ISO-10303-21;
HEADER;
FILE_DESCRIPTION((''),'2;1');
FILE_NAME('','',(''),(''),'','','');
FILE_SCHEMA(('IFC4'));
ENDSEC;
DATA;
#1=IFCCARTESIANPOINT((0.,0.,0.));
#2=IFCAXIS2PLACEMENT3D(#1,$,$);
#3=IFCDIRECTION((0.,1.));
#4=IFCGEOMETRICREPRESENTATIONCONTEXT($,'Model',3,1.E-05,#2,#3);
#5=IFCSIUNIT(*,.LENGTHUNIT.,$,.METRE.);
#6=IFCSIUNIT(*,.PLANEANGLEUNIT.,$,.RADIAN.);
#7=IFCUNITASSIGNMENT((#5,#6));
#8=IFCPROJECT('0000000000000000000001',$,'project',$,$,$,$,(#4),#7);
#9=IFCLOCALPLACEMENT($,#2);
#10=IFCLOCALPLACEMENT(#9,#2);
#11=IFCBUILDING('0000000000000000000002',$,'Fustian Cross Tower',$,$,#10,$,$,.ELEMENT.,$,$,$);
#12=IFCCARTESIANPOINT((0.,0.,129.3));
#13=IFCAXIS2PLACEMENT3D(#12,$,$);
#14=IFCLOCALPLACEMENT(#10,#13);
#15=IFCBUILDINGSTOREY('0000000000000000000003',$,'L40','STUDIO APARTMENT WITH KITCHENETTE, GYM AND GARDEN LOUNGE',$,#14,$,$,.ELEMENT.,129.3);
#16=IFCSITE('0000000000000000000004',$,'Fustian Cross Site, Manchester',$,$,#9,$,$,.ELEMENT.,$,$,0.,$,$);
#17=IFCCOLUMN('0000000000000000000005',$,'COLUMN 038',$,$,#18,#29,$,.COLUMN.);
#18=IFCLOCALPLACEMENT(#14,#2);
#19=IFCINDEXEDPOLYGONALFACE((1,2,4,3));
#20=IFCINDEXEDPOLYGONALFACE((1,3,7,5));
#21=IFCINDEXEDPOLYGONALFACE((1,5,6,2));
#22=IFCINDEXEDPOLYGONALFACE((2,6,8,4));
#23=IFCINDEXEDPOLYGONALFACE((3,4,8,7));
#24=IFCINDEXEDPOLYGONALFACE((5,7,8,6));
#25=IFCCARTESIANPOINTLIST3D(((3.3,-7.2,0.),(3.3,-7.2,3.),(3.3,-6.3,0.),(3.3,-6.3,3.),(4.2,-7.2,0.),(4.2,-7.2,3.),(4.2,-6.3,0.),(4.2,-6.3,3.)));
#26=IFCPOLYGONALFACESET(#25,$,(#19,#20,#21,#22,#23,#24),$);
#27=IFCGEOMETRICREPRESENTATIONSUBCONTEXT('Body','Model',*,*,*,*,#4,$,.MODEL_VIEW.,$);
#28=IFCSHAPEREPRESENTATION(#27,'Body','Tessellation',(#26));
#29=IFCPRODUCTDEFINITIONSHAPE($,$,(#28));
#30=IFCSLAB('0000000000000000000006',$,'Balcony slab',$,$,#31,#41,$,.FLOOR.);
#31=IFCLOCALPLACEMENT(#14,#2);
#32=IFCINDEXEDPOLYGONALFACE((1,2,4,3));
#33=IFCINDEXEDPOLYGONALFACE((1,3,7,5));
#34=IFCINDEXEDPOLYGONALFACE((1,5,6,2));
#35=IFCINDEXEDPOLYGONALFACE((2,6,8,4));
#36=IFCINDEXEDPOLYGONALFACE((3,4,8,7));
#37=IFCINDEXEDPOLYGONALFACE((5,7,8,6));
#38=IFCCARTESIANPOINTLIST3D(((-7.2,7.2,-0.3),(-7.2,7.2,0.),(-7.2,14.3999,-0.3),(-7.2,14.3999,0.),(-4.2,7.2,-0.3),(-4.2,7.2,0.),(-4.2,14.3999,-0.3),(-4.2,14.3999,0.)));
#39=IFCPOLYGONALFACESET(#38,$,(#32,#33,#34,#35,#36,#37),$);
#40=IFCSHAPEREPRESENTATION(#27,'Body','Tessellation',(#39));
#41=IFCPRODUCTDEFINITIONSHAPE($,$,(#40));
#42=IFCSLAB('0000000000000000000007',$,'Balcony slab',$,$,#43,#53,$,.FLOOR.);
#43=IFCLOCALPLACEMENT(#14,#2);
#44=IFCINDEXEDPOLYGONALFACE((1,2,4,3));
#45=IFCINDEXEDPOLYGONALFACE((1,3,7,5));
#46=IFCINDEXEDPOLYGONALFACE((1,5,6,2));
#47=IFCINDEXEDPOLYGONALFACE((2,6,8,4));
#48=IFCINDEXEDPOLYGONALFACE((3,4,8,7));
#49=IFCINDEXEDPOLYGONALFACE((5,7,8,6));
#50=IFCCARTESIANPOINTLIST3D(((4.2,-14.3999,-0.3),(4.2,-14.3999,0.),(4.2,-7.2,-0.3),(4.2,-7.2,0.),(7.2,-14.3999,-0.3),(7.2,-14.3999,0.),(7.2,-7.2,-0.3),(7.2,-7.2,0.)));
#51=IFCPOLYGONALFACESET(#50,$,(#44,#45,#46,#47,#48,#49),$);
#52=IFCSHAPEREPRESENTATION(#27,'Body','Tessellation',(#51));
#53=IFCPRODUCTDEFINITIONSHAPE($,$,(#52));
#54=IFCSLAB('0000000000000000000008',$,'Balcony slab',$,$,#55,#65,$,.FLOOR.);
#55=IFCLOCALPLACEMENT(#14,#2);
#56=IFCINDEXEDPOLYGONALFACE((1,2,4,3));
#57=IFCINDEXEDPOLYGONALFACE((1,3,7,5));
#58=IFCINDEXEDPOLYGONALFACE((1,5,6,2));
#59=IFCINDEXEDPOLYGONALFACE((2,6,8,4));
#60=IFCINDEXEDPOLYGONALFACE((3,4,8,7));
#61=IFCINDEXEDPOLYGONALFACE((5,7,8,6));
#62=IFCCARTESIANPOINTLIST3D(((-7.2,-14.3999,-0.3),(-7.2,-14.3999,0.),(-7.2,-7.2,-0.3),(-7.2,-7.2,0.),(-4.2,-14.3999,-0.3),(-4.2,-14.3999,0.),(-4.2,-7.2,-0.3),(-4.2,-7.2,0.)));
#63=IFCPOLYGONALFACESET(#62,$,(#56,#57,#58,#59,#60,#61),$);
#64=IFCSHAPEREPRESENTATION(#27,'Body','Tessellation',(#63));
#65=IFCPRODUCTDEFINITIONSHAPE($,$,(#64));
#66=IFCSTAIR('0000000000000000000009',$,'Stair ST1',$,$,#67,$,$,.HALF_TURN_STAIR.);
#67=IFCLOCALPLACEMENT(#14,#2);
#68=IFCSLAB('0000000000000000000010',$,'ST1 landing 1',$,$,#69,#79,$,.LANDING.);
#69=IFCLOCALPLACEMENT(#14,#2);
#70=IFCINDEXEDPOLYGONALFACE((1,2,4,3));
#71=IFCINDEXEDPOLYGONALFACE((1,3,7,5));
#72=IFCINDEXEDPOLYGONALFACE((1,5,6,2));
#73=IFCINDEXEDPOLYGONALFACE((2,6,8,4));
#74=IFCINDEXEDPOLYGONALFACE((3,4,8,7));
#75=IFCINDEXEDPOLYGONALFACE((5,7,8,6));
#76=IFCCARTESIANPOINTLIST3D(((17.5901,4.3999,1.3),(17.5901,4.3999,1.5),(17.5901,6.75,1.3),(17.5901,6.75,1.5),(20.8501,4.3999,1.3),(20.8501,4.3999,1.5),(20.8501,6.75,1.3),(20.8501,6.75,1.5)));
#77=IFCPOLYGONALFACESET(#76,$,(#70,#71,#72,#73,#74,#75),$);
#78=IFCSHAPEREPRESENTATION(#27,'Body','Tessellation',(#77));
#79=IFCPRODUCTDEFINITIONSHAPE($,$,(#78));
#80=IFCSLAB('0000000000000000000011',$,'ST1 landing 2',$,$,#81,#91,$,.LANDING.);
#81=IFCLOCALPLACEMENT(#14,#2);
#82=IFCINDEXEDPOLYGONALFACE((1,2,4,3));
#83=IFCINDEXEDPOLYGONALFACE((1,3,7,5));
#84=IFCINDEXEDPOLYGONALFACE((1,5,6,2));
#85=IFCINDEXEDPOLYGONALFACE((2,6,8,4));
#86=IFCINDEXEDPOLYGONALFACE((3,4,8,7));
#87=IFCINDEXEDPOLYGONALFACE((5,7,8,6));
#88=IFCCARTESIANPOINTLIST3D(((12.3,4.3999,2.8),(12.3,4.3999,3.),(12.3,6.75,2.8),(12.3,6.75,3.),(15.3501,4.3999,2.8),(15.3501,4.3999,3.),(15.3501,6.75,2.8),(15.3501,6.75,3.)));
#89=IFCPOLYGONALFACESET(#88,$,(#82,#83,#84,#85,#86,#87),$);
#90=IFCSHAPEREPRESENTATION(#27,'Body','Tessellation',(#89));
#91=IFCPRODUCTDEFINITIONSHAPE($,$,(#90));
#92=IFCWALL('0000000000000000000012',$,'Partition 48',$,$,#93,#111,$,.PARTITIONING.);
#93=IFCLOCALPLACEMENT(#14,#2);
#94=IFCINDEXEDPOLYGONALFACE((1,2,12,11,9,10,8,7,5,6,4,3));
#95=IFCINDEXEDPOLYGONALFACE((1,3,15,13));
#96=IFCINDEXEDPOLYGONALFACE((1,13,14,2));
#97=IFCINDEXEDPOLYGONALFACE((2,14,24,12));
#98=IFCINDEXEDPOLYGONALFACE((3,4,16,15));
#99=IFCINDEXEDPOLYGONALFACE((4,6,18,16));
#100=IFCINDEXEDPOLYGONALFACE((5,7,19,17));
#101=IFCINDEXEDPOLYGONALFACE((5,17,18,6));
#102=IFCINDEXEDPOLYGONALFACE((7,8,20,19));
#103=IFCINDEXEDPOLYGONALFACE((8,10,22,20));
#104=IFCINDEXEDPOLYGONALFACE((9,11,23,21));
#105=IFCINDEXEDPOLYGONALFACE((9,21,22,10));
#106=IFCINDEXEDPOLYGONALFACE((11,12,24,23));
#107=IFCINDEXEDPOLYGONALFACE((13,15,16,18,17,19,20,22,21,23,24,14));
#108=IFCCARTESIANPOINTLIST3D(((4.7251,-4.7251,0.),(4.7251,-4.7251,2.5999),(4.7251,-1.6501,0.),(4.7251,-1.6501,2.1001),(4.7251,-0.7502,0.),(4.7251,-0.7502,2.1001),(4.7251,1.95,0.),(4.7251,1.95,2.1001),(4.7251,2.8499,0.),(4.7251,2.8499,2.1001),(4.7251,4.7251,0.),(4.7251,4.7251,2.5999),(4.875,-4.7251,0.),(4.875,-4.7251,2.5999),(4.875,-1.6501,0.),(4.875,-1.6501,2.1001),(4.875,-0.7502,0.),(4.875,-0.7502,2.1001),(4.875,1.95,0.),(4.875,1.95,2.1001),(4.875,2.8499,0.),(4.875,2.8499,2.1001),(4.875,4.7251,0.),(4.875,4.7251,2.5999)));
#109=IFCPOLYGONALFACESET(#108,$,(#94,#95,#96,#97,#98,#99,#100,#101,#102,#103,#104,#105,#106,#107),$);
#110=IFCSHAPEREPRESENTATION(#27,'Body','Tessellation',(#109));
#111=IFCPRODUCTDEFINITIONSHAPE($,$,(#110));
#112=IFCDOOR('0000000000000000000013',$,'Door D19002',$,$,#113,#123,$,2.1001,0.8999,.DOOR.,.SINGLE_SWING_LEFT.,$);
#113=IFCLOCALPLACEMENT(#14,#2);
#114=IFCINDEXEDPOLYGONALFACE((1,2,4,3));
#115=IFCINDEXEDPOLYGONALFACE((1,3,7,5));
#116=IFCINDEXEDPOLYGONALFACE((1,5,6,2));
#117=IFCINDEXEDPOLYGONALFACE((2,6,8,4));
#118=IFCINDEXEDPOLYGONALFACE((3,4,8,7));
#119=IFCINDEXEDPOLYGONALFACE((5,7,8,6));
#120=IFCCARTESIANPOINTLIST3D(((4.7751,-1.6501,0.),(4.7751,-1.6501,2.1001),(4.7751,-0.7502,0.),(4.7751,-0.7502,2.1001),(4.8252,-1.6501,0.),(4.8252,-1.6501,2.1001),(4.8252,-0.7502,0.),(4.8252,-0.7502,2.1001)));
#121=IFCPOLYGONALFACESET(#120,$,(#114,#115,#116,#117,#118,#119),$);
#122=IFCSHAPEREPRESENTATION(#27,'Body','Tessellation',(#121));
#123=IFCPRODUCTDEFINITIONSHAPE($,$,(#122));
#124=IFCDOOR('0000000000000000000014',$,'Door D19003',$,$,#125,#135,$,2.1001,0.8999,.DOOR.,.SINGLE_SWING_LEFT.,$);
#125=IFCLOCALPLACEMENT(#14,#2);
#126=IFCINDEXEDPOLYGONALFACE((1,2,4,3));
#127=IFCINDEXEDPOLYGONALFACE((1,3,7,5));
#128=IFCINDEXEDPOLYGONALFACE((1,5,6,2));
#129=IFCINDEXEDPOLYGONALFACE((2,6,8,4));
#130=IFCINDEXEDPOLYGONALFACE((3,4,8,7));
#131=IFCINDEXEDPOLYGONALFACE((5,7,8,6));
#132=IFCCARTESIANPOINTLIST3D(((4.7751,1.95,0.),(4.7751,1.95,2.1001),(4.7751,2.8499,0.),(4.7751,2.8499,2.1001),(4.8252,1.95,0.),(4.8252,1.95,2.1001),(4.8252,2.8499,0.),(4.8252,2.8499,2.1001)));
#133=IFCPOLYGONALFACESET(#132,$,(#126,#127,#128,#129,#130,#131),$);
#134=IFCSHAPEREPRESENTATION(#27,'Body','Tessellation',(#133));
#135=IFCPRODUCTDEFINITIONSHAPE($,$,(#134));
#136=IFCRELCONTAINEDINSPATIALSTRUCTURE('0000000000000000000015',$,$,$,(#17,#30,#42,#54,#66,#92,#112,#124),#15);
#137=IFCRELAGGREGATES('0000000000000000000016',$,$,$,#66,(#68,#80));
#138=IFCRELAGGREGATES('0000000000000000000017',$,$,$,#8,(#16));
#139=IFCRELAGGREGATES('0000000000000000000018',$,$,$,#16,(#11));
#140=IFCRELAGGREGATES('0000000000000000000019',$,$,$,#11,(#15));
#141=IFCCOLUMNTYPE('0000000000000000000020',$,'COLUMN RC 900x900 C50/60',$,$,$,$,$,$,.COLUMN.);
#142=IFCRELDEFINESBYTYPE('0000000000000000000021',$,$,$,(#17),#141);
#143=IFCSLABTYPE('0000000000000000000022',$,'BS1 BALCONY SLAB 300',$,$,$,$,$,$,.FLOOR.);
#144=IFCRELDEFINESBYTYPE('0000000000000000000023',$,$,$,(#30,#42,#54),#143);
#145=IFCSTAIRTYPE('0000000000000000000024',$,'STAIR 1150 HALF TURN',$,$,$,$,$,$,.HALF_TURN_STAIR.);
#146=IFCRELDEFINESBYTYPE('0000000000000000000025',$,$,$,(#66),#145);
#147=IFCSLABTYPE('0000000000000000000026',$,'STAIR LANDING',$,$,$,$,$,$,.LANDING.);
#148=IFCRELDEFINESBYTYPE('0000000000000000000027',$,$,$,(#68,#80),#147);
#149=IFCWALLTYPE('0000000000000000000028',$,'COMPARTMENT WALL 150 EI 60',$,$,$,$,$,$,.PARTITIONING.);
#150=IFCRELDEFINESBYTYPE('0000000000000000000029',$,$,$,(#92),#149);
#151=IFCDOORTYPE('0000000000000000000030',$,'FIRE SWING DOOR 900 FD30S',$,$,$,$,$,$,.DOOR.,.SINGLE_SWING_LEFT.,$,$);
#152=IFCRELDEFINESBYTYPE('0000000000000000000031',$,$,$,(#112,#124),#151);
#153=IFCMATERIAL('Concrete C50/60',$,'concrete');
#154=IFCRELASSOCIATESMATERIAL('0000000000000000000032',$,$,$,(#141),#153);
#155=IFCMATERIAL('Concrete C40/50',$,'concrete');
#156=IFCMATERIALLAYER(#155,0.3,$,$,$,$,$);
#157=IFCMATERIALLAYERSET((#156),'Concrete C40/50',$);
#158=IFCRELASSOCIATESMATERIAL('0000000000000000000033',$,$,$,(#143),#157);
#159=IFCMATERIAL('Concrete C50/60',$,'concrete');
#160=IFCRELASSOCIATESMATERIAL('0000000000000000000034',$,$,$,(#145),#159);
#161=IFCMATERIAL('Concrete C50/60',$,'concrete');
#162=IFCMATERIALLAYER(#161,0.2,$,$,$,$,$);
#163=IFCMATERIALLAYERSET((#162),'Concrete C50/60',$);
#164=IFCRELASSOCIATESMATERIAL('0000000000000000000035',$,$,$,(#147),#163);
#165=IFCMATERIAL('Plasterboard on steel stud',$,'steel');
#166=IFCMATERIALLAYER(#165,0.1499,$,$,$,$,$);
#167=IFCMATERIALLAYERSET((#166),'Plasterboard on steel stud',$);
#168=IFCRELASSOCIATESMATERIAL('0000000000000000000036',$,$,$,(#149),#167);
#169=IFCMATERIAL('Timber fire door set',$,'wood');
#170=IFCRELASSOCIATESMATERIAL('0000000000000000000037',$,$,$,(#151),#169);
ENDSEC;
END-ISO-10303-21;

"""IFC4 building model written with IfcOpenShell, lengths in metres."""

from ifc_helpers import new_model, si_unit, direction, frame, frame_2d, origin, origin_2d, place, context, subcontext, project, spatial, polyline, rectangle, outline, extrude, material, layer, layer_set, material_profile, profile_set, type_object, element, fill, aggregate, save


model = new_model("IFC4")

# Units and contexts
model_context = context("Model", 3, precision=1e-05, world=origin(), true_north=direction((0.0, 1.0)))
body_context = subcontext(model_context, "Body", "Model", "MODEL_VIEW")
ifc_project = project(units=[si_unit("LENGTHUNIT", "METRE"), si_unit("PLANEANGLEUNIT", "RADIAN")], contexts=[model_context])

# Site, building, storey
site_placement = place(None, origin())
site = spatial("IfcSite", under=ifc_project, at=site_placement, Name="Fustian Cross Site, Manchester", CompositionType="ELEMENT", RefElevation=0.0)
building_placement = place(site_placement, origin())
building = spatial("IfcBuilding", under=site, at=building_placement, Name="Fustian Cross Tower", CompositionType="ELEMENT")
storey_placement = place(building_placement, frame((0.0, 0.0, 129.3)))
storey = spatial("IfcBuildingStorey", under=building, at=storey_placement, Name="L40", Description="STUDIO APARTMENT WITH KITCHENETTE, GYM AND GARDEN LOUNGE", CompositionType="ELEMENT", Elevation=129.3)

# Column
ifc_material_1 = material(Name="Concrete C50/60", Category="concrete")
ifc_material_profile = material_profile(ifc_material_1, rectangle(XDim=0.8999, YDim=0.8999, at=origin_2d()), Name="RC 900x900")
ifc_profile_set = profile_set([ifc_material_profile], Name="Concrete C50/60")
column_type = type_object("IfcColumnType", Name="COLUMN RC 900x900 C50/60", PredefinedType="COLUMN", material=ifc_profile_set)
column_placement = place(storey_placement, frame((3.75, -6.75, 0.0), z_axis=(0.0, 0.0, 1.0), x_axis=(1.0, 0.0, 0.0)))
element("IfcColumn", 1, at=column_placement, inside=storey, type_object=column_type, Name="COLUMN 038", PredefinedType="COLUMN", context=body_context, shape_type="SweptSolid", body=[
    extrude(rectangle(XDim=0.8999, YDim=0.8999, at=origin_2d()), origin(), (0.0, 0.0, 1.0), 3.0),
])

# Slabs
ifc_material_2 = material(Name="Concrete C40/50", Category="concrete")
ifc_layer_1 = layer(ifc_material_2, 0.3)
ifc_layer_set_1 = layer_set([ifc_layer_1], Name="Concrete C40/50")
slab_type_1 = type_object("IfcSlabType", Name="BS1 BALCONY SLAB 300", PredefinedType="FLOOR", material=ifc_layer_set_1)
slab_1_placement = place(storey_placement, frame((0.0, 0.0, -0.3)))
element("IfcSlab", 2, at=slab_1_placement, inside=storey, type_object=slab_type_1, Name="Balcony slab", PredefinedType="FLOOR", context=body_context, shape_type="SweptSolid", body=[
    extrude(outline(polyline([(-7.2, 7.2), (-4.2, 7.2), (-4.2, 14.3999), (-7.2, 14.3999), (-7.2, 7.2)])), origin(), (0.0, 0.0, 1.0), 0.3),
])
slab_2_placement = place(storey_placement, frame((0.0, 0.0, -0.3)))
element("IfcSlab", 3, at=slab_2_placement, inside=storey, type_object=slab_type_1, Name="Balcony slab", PredefinedType="FLOOR", context=body_context, shape_type="SweptSolid", body=[
    extrude(outline(polyline([(4.2, -14.3999), (7.2, -14.3999), (7.2, -7.2), (4.2, -7.2), (4.2, -14.3999)])), origin(), (0.0, 0.0, 1.0), 0.3),
])
slab_3_placement = place(storey_placement, frame((0.0, 0.0, -0.3)))
element("IfcSlab", 4, at=slab_3_placement, inside=storey, type_object=slab_type_1, Name="Balcony slab", PredefinedType="FLOOR", context=body_context, shape_type="SweptSolid", body=[
    extrude(outline(polyline([(-7.2, -14.3999), (-4.2, -14.3999), (-4.2, -7.2), (-7.2, -7.2), (-7.2, -14.3999)])), origin(), (0.0, 0.0, 1.0), 0.3),
])

# Stair, slabs
ifc_material_3 = material(Name="Concrete C50/60", Category="concrete")
stair_type = type_object("IfcStairType", Name="STAIR 1150 HALF TURN", PredefinedType="HALF_TURN_STAIR", material=ifc_material_3)
stair_placement = place(storey_placement, origin())
stair = element("IfcStair", 5, at=stair_placement, inside=storey, type_object=stair_type, Name="Stair ST1", PredefinedType="HALF_TURN_STAIR")
ifc_material_4 = material(Name="Concrete C50/60", Category="concrete")
ifc_layer_2 = layer(ifc_material_4, 0.2)
ifc_layer_set_2 = layer_set([ifc_layer_2], Name="Concrete C50/60")
slab_type_2 = type_object("IfcSlabType", Name="STAIR LANDING", PredefinedType="LANDING", material=ifc_layer_set_2)
slab_4_placement = place(storey_placement, frame((0.0, 0.0, 1.3)))
slab_4 = element("IfcSlab", 6, at=slab_4_placement, type_object=slab_type_2, Name="ST1 landing 1", PredefinedType="LANDING", context=body_context, shape_type="SweptSolid", body=[
    extrude(outline(polyline([(17.5901, 4.3999), (20.8501, 4.3999), (20.8501, 6.75), (17.5901, 6.75), (17.5901, 4.3999)])), origin(), (0.0, 0.0, 1.0), 0.2),
])
slab_5_placement = place(storey_placement, frame((0.0, 0.0, 2.8)))
slab_5 = element("IfcSlab", 7, at=slab_5_placement, type_object=slab_type_2, Name="ST1 landing 2", PredefinedType="LANDING", context=body_context, shape_type="SweptSolid", body=[
    extrude(outline(polyline([(12.3, 4.3999), (15.3501, 4.3999), (15.3501, 6.75), (12.3, 6.75), (12.3, 4.3999)])), origin(), (0.0, 0.0, 1.0), 0.2),
])
aggregate(stair, [slab_4, slab_5])

# Wall, openings, doors
ifc_material_5 = material(Name="Plasterboard on steel stud", Category="steel")
ifc_layer_3 = layer(ifc_material_5, 0.1499)
ifc_layer_set_3 = layer_set([ifc_layer_3], Name="Plasterboard on steel stud")
wall_type_1 = type_object("IfcWallType", Name="COMPARTMENT WALL 150 EI 60", PredefinedType="PARTITIONING", material=ifc_layer_set_3)
wall_1_placement = place(storey_placement, frame((4.8, -4.7251, 0.0), z_axis=(0.0, 0.0, 1.0), x_axis=(0.0, 1.0, 0.0)))
wall_1 = element("IfcWall", 8, at=wall_1_placement, inside=storey, type_object=wall_type_1, Name="Partition 48", PredefinedType="PARTITIONING", context=body_context, shape_type="SweptSolid", body=[
    extrude(rectangle(XDim=9.4502, YDim=0.1499, at=frame_2d((4.7251, 0.0))), origin(), (0.0, 0.0, 1.0), 2.5999),
])
opening_1_placement = place(wall_1_placement, frame((3.075, 0.0, 0.0)))
opening_1 = element("IfcOpeningElement", 9, at=opening_1_placement, cuts=wall_1, PredefinedType="OPENING", context=body_context, shape_type="SweptSolid", body=[
    extrude(rectangle(XDim=0.8999, YDim=2.1001, at=frame_2d((0.45, 1.05))), frame((0.0, 0.085, 0.0), z_axis=(0.0, -1.0, 0.0), x_axis=(1.0, 0.0, 0.0)), (0.0, 0.0, 1.0), 0.1699),
])
opening_2_placement = place(wall_1_placement, frame((6.675, 0.0, 0.0)))
opening_2 = element("IfcOpeningElement", 10, at=opening_2_placement, cuts=wall_1, PredefinedType="OPENING", context=body_context, shape_type="SweptSolid", body=[
    extrude(rectangle(XDim=0.8999, YDim=2.1001, at=frame_2d((0.45, 1.05))), frame((0.0, 0.085, 0.0), z_axis=(0.0, -1.0, 0.0), x_axis=(1.0, 0.0, 0.0)), (0.0, 0.0, 1.0), 0.1699),
])
ifc_material_6 = material(Name="Timber fire door set", Category="wood")
door_type_1 = type_object("IfcDoorType", Name="FIRE SWING DOOR 900 FD30S", OperationType="SINGLE_SWING_LEFT", PredefinedType="DOOR", material=ifc_material_6)
door_1_placement = place(opening_1_placement, origin())
door_1 = element("IfcDoor", 11, at=door_1_placement, inside=storey, type_object=door_type_1, Name="Door D19002", OperationType="SINGLE_SWING_LEFT", OverallHeight=2.1001, OverallWidth=0.8999, PredefinedType="DOOR", context=body_context, shape_type="SweptSolid", body=[
    extrude(rectangle(XDim=0.8999, YDim=2.1001, at=frame_2d((0.45, 1.05))), frame((0.0, 0.0249, 0.0), z_axis=(0.0, -1.0, 0.0), x_axis=(1.0, 0.0, 0.0)), (0.0, 0.0, 1.0), 0.05),
])
fill(opening_1, door_1)
door_2_placement = place(opening_2_placement, origin())
door_2 = element("IfcDoor", 12, at=door_2_placement, inside=storey, type_object=door_type_1, Name="Door D19003", OperationType="SINGLE_SWING_LEFT", OverallHeight=2.1001, OverallWidth=0.8999, PredefinedType="DOOR", context=body_context, shape_type="SweptSolid", body=[
    extrude(rectangle(XDim=0.8999, YDim=2.1001, at=frame_2d((0.45, 1.05))), frame((0.0, 0.0249, 0.0), z_axis=(0.0, -1.0, 0.0), x_axis=(1.0, 0.0, 0.0)), (0.0, 0.0, 1.0), 0.05),
])
fill(opening_2, door_2)

save(model, "model.ifc")
